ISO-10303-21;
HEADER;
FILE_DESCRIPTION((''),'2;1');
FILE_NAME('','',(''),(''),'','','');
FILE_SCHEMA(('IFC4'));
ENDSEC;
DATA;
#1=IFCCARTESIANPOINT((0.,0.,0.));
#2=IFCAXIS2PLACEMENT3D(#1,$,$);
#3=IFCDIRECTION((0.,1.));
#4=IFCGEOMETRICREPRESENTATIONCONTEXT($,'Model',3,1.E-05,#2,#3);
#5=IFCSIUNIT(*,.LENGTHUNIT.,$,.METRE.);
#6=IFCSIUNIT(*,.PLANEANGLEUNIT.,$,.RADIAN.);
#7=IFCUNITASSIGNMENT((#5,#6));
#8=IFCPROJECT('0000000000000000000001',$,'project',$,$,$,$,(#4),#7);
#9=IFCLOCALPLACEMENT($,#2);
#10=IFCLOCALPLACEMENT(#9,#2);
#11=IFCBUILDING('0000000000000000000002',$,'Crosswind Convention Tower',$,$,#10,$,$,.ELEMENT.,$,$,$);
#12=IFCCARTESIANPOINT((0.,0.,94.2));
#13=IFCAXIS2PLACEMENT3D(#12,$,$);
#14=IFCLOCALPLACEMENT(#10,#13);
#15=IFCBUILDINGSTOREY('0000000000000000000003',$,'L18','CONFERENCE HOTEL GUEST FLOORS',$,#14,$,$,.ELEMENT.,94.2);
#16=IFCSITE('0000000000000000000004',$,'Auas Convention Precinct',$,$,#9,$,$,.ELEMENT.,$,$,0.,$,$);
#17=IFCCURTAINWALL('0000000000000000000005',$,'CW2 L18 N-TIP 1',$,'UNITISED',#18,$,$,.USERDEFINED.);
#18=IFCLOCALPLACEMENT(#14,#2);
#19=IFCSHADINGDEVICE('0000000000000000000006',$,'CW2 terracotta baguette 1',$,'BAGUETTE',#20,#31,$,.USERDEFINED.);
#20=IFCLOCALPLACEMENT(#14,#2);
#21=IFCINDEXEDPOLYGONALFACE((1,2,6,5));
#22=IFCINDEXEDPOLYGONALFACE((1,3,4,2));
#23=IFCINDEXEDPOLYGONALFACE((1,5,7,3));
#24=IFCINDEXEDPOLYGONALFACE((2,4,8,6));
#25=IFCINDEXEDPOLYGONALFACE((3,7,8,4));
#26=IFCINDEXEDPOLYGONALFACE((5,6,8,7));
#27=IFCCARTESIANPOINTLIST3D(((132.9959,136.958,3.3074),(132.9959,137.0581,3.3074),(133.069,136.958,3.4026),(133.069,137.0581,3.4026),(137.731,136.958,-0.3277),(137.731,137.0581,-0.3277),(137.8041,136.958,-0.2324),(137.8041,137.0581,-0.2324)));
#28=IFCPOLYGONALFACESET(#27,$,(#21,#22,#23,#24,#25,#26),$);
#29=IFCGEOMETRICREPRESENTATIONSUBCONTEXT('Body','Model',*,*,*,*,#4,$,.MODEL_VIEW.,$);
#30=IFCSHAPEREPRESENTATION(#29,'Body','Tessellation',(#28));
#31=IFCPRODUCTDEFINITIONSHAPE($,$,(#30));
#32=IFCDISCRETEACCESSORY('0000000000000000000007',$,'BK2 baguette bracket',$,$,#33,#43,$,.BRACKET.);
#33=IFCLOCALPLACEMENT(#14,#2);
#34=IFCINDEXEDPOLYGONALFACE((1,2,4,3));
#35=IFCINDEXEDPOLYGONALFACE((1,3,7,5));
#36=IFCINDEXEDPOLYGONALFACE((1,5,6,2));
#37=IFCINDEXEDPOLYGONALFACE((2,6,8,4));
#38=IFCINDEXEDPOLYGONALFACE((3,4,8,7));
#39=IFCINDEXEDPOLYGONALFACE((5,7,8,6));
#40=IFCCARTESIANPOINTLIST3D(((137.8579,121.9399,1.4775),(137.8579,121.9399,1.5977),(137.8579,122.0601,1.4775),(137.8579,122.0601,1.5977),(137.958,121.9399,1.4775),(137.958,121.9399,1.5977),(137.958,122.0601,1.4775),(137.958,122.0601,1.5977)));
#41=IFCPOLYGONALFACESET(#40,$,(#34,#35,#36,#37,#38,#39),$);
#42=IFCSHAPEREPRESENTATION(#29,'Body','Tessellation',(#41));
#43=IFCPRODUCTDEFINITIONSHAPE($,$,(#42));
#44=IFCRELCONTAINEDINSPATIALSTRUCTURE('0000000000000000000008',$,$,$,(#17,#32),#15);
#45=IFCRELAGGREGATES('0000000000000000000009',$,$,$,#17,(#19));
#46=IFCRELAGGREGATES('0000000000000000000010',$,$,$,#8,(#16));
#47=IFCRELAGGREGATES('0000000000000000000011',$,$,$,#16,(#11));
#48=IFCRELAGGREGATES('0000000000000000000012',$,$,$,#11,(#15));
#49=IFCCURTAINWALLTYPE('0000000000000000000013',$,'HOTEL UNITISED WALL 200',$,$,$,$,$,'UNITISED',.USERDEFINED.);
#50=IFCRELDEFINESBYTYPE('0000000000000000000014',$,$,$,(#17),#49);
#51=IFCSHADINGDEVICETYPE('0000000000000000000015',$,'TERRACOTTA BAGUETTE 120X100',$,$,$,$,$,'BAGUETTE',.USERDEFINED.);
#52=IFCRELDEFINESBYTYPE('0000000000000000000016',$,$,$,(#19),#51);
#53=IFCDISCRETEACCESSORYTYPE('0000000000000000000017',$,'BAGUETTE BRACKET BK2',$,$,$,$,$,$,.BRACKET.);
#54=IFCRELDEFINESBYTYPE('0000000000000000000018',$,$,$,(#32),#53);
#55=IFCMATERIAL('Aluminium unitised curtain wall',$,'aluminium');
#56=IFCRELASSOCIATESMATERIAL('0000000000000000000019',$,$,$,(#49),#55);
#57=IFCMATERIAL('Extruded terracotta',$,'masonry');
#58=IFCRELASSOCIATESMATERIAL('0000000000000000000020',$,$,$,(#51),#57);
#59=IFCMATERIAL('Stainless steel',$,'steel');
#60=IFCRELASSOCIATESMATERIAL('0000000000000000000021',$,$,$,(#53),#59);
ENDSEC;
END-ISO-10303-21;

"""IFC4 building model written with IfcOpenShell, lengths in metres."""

from ifc_helpers import new_model, si_unit, direction, frame, origin, origin_2d, place, context, subcontext, project, spatial, rectangle, extrude, material, material_profile, profile_set, type_object, element, aggregate, save


model = new_model("IFC4")

# Units and contexts
model_context = context("Model", 3, precision=1e-05, world=origin(), true_north=direction((0.0, 1.0)))
body_context = subcontext(model_context, "Body", "Model", "MODEL_VIEW")
ifc_project = project(units=[si_unit("LENGTHUNIT", "METRE"), si_unit("PLANEANGLEUNIT", "RADIAN")], contexts=[model_context])

# Site, building, storey
site_placement = place(None, origin())
site = spatial("IfcSite", under=ifc_project, at=site_placement, Name="Auas Convention Precinct", CompositionType="ELEMENT", RefElevation=0.0)
building_placement = place(site_placement, origin())
building = spatial("IfcBuilding", under=site, at=building_placement, Name="Crosswind Convention Tower", CompositionType="ELEMENT")
storey_placement = place(building_placement, frame((0.0, 0.0, 94.2)))
storey = spatial("IfcBuildingStorey", under=building, at=storey_placement, Name="L18", Description="CONFERENCE HOTEL GUEST FLOORS", CompositionType="ELEMENT", Elevation=94.2)

# Shared definitions
ifc_material_1 = material(Name="Aluminium unitised curtain wall", Category="aluminium")

# Shared definitions
curtain_wall_type_1 = type_object("IfcCurtainWallType", Name="HOTEL UNITISED WALL 200", ElementType="UNITISED", PredefinedType="USERDEFINED", material=ifc_material_1)

# Curtain wall
curtain_wall_1_placement = place(storey_placement, origin())
curtain_wall_1 = element("IfcCurtainWall", 1, at=curtain_wall_1_placement, inside=storey, type_object=curtain_wall_type_1, Name="CW2 L18 N-TIP 1", ObjectType="UNITISED", PredefinedType="USERDEFINED")

# Shared definitions
ifc_material_2 = material(Name="Stainless steel", Category="steel")

# Shading device
ifc_material_3 = material(Name="Extruded terracotta", Category="masonry")
ifc_material_profile_1 = material_profile(ifc_material_3, rectangle(XDim=0.1001, YDim=0.1201, at=origin_2d()), Name="TC 100X120")
ifc_profile_set_1 = profile_set([ifc_material_profile_1], Name="Extruded terracotta")
shading_device_type = type_object("IfcShadingDeviceType", Name="TERRACOTTA BAGUETTE 120X100", ElementType="BAGUETTE", PredefinedType="USERDEFINED", material=ifc_profile_set_1)
shading_device_1_placement = place(storey_placement, frame((137.7676, 137.0081, -0.28), z_axis=(-0.793221, 0.0, 0.608934), x_axis=(0.0, -1.0, 0.0)))
shading_device_1 = element("IfcShadingDevice", 2, at=shading_device_1_placement, type_object=shading_device_type, Name="CW2 terracotta baguette 1", ObjectType="BAGUETTE", PredefinedType="USERDEFINED", context=body_context, shape_type="SweptSolid", body=[
    extrude(rectangle(XDim=0.1001, YDim=0.1201, at=origin_2d()), origin(), (0.0, 0.0, 1.0), 5.9695),
])
aggregate(curtain_wall_1, [shading_device_1])

# Discrete accessory
discrete_accessory_type = type_object("IfcDiscreteAccessoryType", Name="BAGUETTE BRACKET BK2", PredefinedType="BRACKET", material=ifc_material_2)
discrete_accessory_placement = place(storey_placement, frame((137.908, 122.0, 1.4775), z_axis=(0.0, 0.0, 1.0), x_axis=(0.0, 1.0, 0.0)))
element("IfcDiscreteAccessory", 3, at=discrete_accessory_placement, inside=storey, type_object=discrete_accessory_type, Name="BK2 baguette bracket", PredefinedType="BRACKET", context=body_context, shape_type="SweptSolid", body=[
    extrude(rectangle(XDim=0.1201, YDim=0.1001, at=origin_2d()), origin(), (0.0, 0.0, 1.0), 0.1201),
])

save(model, "model.ifc")
